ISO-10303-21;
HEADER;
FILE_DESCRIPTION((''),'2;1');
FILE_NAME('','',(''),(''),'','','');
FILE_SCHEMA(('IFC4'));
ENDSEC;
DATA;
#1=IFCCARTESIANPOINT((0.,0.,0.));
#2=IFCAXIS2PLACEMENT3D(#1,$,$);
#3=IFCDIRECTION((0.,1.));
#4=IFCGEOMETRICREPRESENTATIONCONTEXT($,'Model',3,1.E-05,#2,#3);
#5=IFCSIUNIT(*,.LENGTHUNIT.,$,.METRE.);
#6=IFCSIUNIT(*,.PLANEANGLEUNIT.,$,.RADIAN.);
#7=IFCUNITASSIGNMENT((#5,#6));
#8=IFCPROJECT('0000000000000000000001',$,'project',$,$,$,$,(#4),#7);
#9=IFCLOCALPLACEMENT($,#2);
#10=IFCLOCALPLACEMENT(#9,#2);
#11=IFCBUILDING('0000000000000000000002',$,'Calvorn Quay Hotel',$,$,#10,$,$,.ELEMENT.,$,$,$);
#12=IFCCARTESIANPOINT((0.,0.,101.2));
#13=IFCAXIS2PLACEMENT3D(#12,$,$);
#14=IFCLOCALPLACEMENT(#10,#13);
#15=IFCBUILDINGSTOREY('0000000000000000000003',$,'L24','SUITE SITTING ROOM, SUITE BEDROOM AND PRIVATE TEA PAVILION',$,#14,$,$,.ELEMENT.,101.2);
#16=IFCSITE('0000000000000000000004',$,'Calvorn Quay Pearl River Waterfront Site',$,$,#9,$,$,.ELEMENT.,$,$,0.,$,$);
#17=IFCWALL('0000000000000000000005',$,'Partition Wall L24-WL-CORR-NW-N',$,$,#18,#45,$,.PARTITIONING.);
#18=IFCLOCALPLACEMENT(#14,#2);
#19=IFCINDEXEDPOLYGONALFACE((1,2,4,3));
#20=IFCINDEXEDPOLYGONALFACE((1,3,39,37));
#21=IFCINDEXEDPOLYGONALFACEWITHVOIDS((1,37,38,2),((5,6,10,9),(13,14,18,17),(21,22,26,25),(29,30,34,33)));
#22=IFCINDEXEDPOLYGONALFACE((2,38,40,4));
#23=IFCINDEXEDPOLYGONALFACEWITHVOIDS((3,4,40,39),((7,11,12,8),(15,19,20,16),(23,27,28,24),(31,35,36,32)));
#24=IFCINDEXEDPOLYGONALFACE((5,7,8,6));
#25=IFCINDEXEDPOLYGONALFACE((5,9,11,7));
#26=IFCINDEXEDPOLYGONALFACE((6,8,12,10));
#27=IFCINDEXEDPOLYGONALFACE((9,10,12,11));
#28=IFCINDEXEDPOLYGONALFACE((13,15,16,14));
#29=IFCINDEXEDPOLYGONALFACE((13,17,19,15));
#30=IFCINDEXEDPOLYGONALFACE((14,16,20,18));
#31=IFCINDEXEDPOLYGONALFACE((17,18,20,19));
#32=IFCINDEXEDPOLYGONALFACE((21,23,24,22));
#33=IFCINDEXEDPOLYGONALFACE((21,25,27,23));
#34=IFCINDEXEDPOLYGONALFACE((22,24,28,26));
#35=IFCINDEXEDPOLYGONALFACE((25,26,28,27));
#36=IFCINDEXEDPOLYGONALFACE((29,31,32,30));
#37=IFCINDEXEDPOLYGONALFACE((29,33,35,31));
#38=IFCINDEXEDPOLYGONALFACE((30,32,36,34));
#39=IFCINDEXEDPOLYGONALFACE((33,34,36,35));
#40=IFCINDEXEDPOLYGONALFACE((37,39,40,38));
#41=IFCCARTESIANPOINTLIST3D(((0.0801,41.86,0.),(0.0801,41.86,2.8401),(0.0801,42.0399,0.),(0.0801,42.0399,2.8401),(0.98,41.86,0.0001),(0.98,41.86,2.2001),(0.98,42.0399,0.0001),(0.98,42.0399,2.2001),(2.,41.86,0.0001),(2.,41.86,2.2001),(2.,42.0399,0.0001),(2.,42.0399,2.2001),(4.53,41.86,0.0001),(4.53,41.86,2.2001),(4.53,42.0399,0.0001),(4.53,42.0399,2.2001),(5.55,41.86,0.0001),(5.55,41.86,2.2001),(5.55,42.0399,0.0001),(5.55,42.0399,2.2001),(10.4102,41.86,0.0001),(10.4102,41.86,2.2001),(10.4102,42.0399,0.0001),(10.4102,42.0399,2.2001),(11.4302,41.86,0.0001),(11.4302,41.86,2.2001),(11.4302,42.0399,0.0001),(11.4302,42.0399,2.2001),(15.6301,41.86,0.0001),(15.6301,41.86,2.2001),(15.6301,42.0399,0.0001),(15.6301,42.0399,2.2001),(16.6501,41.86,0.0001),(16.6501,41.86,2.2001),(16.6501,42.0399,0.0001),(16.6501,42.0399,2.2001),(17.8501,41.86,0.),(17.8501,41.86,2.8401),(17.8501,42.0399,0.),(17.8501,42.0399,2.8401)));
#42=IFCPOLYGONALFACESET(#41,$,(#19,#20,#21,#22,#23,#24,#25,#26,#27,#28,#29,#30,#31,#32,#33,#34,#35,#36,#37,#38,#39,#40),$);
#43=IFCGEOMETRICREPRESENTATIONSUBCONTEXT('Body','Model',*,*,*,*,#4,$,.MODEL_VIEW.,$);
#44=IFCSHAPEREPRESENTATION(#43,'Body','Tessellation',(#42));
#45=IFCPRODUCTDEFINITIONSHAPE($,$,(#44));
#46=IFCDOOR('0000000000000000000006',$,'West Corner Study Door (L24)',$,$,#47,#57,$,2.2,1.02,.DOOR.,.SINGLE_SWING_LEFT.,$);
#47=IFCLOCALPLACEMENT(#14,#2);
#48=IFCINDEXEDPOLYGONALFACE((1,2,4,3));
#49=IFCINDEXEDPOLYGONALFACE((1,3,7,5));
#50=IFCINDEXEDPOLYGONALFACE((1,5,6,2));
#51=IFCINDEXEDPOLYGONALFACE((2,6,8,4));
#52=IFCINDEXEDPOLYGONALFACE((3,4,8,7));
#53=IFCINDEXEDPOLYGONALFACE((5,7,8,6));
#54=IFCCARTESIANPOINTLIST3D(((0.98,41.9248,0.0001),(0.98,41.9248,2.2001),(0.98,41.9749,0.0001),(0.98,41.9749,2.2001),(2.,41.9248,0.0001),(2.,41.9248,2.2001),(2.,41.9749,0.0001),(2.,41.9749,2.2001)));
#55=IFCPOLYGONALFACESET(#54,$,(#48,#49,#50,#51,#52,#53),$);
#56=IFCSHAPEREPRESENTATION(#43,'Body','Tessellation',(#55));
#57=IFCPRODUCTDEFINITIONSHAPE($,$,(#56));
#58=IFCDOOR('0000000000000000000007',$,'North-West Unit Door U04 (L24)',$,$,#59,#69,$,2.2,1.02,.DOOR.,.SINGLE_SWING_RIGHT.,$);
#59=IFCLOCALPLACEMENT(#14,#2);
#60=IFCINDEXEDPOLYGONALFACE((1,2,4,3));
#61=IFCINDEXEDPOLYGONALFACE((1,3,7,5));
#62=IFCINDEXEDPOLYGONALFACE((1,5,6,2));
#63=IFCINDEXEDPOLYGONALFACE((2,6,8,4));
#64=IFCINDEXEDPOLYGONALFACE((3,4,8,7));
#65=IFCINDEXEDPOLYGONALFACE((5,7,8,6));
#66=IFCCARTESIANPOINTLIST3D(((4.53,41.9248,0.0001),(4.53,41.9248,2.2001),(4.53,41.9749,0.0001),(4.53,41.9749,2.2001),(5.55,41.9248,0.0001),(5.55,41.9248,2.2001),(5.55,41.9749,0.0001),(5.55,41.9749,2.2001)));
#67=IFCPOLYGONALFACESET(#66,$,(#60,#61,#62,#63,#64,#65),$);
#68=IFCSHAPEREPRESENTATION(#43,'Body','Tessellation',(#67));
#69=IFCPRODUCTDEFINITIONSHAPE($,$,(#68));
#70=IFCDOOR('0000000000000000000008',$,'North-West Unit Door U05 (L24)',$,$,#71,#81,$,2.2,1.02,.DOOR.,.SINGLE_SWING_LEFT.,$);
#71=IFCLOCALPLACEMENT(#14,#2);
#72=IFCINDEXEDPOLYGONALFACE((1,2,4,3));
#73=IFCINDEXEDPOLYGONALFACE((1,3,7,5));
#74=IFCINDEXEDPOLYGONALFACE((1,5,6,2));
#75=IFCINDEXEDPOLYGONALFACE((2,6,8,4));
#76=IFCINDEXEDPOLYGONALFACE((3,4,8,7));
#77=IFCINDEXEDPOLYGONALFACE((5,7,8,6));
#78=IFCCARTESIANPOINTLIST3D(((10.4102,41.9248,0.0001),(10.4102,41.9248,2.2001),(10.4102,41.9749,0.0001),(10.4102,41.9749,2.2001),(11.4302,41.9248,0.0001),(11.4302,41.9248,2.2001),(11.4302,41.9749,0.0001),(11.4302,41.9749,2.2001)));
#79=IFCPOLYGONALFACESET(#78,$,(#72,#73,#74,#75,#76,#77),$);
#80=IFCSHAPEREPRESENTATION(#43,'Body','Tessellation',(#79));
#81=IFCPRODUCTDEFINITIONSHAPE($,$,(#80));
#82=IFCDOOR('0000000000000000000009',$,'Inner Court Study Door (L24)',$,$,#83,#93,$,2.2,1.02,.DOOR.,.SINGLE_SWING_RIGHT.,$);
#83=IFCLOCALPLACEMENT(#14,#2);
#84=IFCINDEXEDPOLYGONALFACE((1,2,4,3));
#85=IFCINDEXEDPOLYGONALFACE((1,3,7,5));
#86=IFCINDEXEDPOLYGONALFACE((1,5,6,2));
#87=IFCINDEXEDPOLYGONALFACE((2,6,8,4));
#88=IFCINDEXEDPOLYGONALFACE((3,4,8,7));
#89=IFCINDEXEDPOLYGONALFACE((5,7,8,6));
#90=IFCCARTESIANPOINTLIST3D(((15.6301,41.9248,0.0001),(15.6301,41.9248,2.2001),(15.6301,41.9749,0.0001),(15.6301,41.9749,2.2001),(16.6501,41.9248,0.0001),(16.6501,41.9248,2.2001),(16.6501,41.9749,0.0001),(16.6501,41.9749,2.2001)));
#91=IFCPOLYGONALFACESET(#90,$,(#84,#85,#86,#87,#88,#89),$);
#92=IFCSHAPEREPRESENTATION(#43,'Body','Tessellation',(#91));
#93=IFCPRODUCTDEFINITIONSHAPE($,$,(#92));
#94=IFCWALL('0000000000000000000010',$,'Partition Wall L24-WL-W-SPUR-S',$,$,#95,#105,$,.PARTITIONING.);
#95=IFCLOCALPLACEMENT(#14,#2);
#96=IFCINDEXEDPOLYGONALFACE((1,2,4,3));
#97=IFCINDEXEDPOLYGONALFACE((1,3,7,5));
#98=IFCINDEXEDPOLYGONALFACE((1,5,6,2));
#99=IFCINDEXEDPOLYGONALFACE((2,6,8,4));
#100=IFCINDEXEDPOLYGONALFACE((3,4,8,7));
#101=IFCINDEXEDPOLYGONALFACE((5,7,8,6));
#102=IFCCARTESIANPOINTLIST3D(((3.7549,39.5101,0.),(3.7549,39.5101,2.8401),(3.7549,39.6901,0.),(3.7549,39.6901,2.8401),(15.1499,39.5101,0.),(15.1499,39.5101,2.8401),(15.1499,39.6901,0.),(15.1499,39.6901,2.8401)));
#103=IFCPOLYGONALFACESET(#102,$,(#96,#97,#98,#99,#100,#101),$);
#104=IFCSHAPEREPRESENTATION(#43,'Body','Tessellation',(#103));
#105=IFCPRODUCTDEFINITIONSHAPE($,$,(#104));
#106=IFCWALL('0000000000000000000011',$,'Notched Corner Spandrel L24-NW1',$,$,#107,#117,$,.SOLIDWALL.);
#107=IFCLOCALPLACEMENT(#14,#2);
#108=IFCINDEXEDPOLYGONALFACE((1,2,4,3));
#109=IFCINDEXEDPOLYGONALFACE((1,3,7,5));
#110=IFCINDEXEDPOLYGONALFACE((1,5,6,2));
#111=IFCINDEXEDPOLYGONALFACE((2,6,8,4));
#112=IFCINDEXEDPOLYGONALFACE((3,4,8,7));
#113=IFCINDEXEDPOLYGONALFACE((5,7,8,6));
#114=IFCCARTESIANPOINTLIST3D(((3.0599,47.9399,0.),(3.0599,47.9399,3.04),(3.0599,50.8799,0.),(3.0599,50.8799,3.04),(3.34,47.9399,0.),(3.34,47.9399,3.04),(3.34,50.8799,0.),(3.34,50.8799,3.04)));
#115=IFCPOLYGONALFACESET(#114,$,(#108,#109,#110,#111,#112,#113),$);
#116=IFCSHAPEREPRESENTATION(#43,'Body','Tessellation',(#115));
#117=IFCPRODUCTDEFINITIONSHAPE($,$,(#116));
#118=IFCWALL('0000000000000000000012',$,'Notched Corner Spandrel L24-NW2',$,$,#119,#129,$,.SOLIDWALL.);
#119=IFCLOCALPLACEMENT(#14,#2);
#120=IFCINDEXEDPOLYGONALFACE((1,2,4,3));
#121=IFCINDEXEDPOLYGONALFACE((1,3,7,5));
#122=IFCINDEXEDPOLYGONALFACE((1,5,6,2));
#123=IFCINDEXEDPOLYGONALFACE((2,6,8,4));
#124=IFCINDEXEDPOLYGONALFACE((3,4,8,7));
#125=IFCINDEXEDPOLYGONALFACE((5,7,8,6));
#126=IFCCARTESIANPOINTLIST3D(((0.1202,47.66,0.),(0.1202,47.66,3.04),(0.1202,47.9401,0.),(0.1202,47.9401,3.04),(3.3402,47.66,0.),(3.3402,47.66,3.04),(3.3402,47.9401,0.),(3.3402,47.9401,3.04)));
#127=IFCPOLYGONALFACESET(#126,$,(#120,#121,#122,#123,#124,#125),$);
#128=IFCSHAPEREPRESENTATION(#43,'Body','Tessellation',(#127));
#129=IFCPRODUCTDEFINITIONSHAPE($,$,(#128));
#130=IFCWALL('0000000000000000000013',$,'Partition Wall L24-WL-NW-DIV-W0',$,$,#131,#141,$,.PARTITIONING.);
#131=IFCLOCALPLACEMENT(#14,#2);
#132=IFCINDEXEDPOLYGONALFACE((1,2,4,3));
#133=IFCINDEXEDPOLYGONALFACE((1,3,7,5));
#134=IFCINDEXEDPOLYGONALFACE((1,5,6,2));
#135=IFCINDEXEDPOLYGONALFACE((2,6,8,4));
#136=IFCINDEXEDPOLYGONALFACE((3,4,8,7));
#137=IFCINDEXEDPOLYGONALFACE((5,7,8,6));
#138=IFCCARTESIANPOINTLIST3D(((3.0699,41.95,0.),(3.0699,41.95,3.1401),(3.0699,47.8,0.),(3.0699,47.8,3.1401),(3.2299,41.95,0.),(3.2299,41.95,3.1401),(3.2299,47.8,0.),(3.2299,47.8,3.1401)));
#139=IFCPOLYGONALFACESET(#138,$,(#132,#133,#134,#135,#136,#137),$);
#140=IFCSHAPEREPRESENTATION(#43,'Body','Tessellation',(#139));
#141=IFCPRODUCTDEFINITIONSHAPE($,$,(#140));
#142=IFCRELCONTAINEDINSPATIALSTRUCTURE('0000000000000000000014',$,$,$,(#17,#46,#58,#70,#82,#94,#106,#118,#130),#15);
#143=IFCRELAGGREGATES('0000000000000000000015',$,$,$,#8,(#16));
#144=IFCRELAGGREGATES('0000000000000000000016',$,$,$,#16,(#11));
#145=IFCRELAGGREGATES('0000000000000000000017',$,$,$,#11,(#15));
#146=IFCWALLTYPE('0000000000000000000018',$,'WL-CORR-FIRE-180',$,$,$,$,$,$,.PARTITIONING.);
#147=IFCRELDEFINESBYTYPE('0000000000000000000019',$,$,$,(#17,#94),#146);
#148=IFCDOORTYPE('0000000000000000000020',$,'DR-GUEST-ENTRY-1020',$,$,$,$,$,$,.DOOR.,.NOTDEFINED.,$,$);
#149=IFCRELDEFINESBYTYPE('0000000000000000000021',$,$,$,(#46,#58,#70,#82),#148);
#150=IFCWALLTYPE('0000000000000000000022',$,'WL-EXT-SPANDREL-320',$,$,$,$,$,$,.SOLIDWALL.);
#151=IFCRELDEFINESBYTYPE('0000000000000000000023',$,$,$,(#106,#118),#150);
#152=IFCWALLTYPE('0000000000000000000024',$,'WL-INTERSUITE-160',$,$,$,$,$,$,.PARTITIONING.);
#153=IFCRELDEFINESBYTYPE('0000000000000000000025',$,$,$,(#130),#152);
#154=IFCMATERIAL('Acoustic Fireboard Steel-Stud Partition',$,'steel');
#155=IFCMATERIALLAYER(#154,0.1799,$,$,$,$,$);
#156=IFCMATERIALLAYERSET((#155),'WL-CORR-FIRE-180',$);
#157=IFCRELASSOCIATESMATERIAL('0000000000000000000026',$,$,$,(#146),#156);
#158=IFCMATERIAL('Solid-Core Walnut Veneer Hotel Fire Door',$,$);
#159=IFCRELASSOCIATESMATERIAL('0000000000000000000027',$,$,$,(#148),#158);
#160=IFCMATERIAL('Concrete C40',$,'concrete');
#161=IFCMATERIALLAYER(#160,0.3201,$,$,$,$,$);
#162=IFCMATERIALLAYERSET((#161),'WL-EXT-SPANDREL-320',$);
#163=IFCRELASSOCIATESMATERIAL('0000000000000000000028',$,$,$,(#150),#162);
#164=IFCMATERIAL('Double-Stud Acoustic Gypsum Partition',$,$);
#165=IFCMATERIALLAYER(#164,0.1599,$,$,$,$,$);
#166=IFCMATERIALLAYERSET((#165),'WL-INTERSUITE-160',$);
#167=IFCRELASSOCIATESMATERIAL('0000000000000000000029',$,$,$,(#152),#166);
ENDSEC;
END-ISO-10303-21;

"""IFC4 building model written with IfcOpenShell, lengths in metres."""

from ifc_helpers import new_model, si_unit, direction, frame, frame_2d, origin, place, context, subcontext, project, spatial, rectangle, extrude, material, layer, layer_set, type_object, element, fill, save


model = new_model("IFC4")

# Units and contexts
model_context = context("Model", 3, precision=1e-05, world=origin(), true_north=direction((0.0, 1.0)))
body_context = subcontext(model_context, "Body", "Model", "MODEL_VIEW")
ifc_project = project(units=[si_unit("LENGTHUNIT", "METRE"), si_unit("PLANEANGLEUNIT", "RADIAN")], contexts=[model_context])

# Site, building, storey
site_placement = place(None, origin())
site = spatial("IfcSite", under=ifc_project, at=site_placement, Name="Calvorn Quay Pearl River Waterfront Site", CompositionType="ELEMENT", RefElevation=0.0)
building_placement = place(site_placement, origin())
building = spatial("IfcBuilding", under=site, at=building_placement, Name="Calvorn Quay Hotel", CompositionType="ELEMENT")
storey_placement = place(building_placement, frame((0.0, 0.0, 101.2)))
storey = spatial("IfcBuildingStorey", under=building, at=storey_placement, Name="L24", Description="SUITE SITTING ROOM, SUITE BEDROOM AND PRIVATE TEA PAVILION", CompositionType="ELEMENT", Elevation=101.2)

# Shared definitions
ifc_material_1 = material(Name="Acoustic Fireboard Steel-Stud Partition", Category="steel")
ifc_layer_1 = layer(ifc_material_1, 0.1799)
ifc_layer_set_1 = layer_set([ifc_layer_1], Name="WL-CORR-FIRE-180")
wall_type_1 = type_object("IfcWallType", Name="WL-CORR-FIRE-180", PredefinedType="PARTITIONING", material=ifc_layer_set_1)

# Wall, openings, doors
wall_1_placement = place(storey_placement, frame((0.0801, 41.95, 0.0), z_axis=(0.0, 0.0, 1.0), x_axis=(1.0, 0.0, 0.0)))
wall_1 = element("IfcWall", 1, at=wall_1_placement, inside=storey, type_object=wall_type_1, Name="Partition Wall L24-WL-CORR-NW-N", PredefinedType="PARTITIONING", context=body_context, shape_type="SweptSolid", body=[
    extrude(rectangle(XDim=17.77, YDim=0.1799, at=frame_2d((8.885, 0.0))), origin(), (0.0, 0.0, 1.0), 2.8401),
])
opening_1_placement = place(wall_1_placement, frame((0.8999, 0.0, 0.0)))
opening_1 = element("IfcOpeningElement", 2, at=opening_1_placement, cuts=wall_1, PredefinedType="OPENING", context=body_context, shape_type="SweptSolid", body=[
    extrude(rectangle(XDim=1.02, YDim=2.2, at=frame_2d((0.51, 1.1001))), frame((0.0, 0.0999, 0.0), z_axis=(0.0, -1.0, 0.0), x_axis=(1.0, 0.0, 0.0)), (0.0, 0.0, 1.0), 0.2),
])
opening_2_placement = place(wall_1_placement, frame((4.45, 0.0, 0.0)))
opening_2 = element("IfcOpeningElement", 3, at=opening_2_placement, cuts=wall_1, PredefinedType="OPENING", context=body_context, shape_type="SweptSolid", body=[
    extrude(rectangle(XDim=1.02, YDim=2.2, at=frame_2d((0.51, 1.1001))), frame((0.0, 0.0999, 0.0), z_axis=(0.0, -1.0, 0.0), x_axis=(1.0, 0.0, 0.0)), (0.0, 0.0, 1.0), 0.2),
])
opening_3_placement = place(wall_1_placement, frame((10.3301, 0.0, 0.0)))
opening_3 = element("IfcOpeningElement", 4, at=opening_3_placement, cuts=wall_1, PredefinedType="OPENING", context=body_context, shape_type="SweptSolid", body=[
    extrude(rectangle(XDim=1.02, YDim=2.2, at=frame_2d((0.51, 1.1001))), frame((0.0, 0.0999, 0.0), z_axis=(0.0, -1.0, 0.0), x_axis=(1.0, 0.0, 0.0)), (0.0, 0.0, 1.0), 0.2),
])
opening_4_placement = place(wall_1_placement, frame((15.55, 0.0, 0.0)))
opening_4 = element("IfcOpeningElement", 5, at=opening_4_placement, cuts=wall_1, PredefinedType="OPENING", context=body_context, shape_type="SweptSolid", body=[
    extrude(rectangle(XDim=1.02, YDim=2.2, at=frame_2d((0.51, 1.1001))), frame((0.0, 0.0999, 0.0), z_axis=(0.0, -1.0, 0.0), x_axis=(1.0, 0.0, 0.0)), (0.0, 0.0, 1.0), 0.2),
])
ifc_material_2 = material(Name="Solid-Core Walnut Veneer Hotel Fire Door")
door_type_1 = type_object("IfcDoorType", Name="DR-GUEST-ENTRY-1020", OperationType="NOTDEFINED", PredefinedType="DOOR", material=ifc_material_2)
door_1_placement = place(opening_1_placement, origin())
door_1 = element("IfcDoor", 6, at=door_1_placement, inside=storey, type_object=door_type_1, Name="West Corner Study Door (L24)", OperationType="SINGLE_SWING_LEFT", OverallHeight=2.2, OverallWidth=1.02, PredefinedType="DOOR", context=body_context, shape_type="SweptSolid", body=[
    extrude(rectangle(XDim=1.02, YDim=2.2, at=frame_2d((0.51, 1.1001))), frame((0.0, 0.0249, 0.0), z_axis=(0.0, -1.0, 0.0), x_axis=(1.0, 0.0, 0.0)), (0.0, 0.0, 1.0), 0.05),
])
fill(opening_1, door_1)
door_2_placement = place(opening_2_placement, origin())
door_2 = element("IfcDoor", 7, at=door_2_placement, inside=storey, type_object=door_type_1, Name="North-West Unit Door U04 (L24)", OperationType="SINGLE_SWING_RIGHT", OverallHeight=2.2, OverallWidth=1.02, PredefinedType="DOOR", context=body_context, shape_type="SweptSolid", body=[
    extrude(rectangle(XDim=1.02, YDim=2.2, at=frame_2d((0.51, 1.1001))), frame((0.0, 0.0249, 0.0), z_axis=(0.0, -1.0, 0.0), x_axis=(1.0, 0.0, 0.0)), (0.0, 0.0, 1.0), 0.05),
])
fill(opening_2, door_2)
door_3_placement = place(opening_3_placement, origin())
door_3 = element("IfcDoor", 8, at=door_3_placement, inside=storey, type_object=door_type_1, Name="North-West Unit Door U05 (L24)", OperationType="SINGLE_SWING_LEFT", OverallHeight=2.2, OverallWidth=1.02, PredefinedType="DOOR", context=body_context, shape_type="SweptSolid", body=[
    extrude(rectangle(XDim=1.02, YDim=2.2, at=frame_2d((0.51, 1.1001))), frame((0.0, 0.0249, 0.0), z_axis=(0.0, -1.0, 0.0), x_axis=(1.0, 0.0, 0.0)), (0.0, 0.0, 1.0), 0.05),
])
fill(opening_3, door_3)
door_4_placement = place(opening_4_placement, origin())
door_4 = element("IfcDoor", 9, at=door_4_placement, inside=storey, type_object=door_type_1, Name="Inner Court Study Door (L24)", OperationType="SINGLE_SWING_RIGHT", OverallHeight=2.2, OverallWidth=1.02, PredefinedType="DOOR", context=body_context, shape_type="SweptSolid", body=[
    extrude(rectangle(XDim=1.02, YDim=2.2, at=frame_2d((0.51, 1.1001))), frame((0.0, 0.0249, 0.0), z_axis=(0.0, -1.0, 0.0), x_axis=(1.0, 0.0, 0.0)), (0.0, 0.0, 1.0), 0.05),
])
fill(opening_4, door_4)

# Walls
wall_2_placement = place(storey_placement, frame((3.7549, 39.6001, 0.0), z_axis=(0.0, 0.0, 1.0), x_axis=(1.0, 0.0, 0.0)))
element("IfcWall", 10, at=wall_2_placement, inside=storey, type_object=wall_type_1, Name="Partition Wall L24-WL-W-SPUR-S", PredefinedType="PARTITIONING", context=body_context, shape_type="SweptSolid", body=[
    extrude(rectangle(XDim=11.395, YDim=0.1799, at=frame_2d((5.6975, 0.0))), origin(), (0.0, 0.0, 1.0), 2.8401),
])
ifc_material_3 = material(Name="Concrete C40", Category="concrete")
ifc_layer_2 = layer(ifc_material_3, 0.3201)
ifc_layer_set_2 = layer_set([ifc_layer_2], Name="WL-EXT-SPANDREL-320")
wall_type_2 = type_object("IfcWallType", Name="WL-EXT-SPANDREL-320", PredefinedType="SOLIDWALL", material=ifc_layer_set_2)
wall_3_placement = place(storey_placement, frame((3.2, 50.8799, 0.0), z_axis=(0.0, 0.0, 1.0), x_axis=(0.0, -1.0, 0.0)))
element("IfcWall", 11, at=wall_3_placement, inside=storey, type_object=wall_type_2, Name="Notched Corner Spandrel L24-NW1", PredefinedType="SOLIDWALL", context=body_context, shape_type="SweptSolid", body=[
    extrude(rectangle(XDim=2.9399, YDim=0.28, at=frame_2d((1.47, 0.0))), origin(), (0.0, 0.0, 1.0), 3.04),
])
wall_4_placement = place(storey_placement, frame((3.3401, 47.8, 0.0), z_axis=(0.0, 0.0, 1.0), x_axis=(-1.0, 0.0, 0.0)))
element("IfcWall", 12, at=wall_4_placement, inside=storey, type_object=wall_type_2, Name="Notched Corner Spandrel L24-NW2", PredefinedType="SOLIDWALL", context=body_context, shape_type="SweptSolid", body=[
    extrude(rectangle(XDim=3.22, YDim=0.28, at=frame_2d((1.6099, 0.0))), origin(), (0.0, 0.0, 1.0), 3.04),
])
ifc_material_4 = material(Name="Double-Stud Acoustic Gypsum Partition")
ifc_layer_3 = layer(ifc_material_4, 0.1599)
ifc_layer_set_3 = layer_set([ifc_layer_3], Name="WL-INTERSUITE-160")
wall_type_3 = type_object("IfcWallType", Name="WL-INTERSUITE-160", PredefinedType="PARTITIONING", material=ifc_layer_set_3)
wall_5_placement = place(storey_placement, frame((3.1499, 41.95, 0.0), z_axis=(0.0, 0.0, 1.0), x_axis=(0.0, 1.0, 0.0)))
element("IfcWall", 13, at=wall_5_placement, inside=storey, type_object=wall_type_3, Name="Partition Wall L24-WL-NW-DIV-W0", PredefinedType="PARTITIONING", context=body_context, shape_type="SweptSolid", body=[
    extrude(rectangle(XDim=5.8501, YDim=0.1599, at=frame_2d((2.925, 0.0))), origin(), (0.0, 0.0, 1.0), 3.1401),
])

save(model, "model.ifc")
